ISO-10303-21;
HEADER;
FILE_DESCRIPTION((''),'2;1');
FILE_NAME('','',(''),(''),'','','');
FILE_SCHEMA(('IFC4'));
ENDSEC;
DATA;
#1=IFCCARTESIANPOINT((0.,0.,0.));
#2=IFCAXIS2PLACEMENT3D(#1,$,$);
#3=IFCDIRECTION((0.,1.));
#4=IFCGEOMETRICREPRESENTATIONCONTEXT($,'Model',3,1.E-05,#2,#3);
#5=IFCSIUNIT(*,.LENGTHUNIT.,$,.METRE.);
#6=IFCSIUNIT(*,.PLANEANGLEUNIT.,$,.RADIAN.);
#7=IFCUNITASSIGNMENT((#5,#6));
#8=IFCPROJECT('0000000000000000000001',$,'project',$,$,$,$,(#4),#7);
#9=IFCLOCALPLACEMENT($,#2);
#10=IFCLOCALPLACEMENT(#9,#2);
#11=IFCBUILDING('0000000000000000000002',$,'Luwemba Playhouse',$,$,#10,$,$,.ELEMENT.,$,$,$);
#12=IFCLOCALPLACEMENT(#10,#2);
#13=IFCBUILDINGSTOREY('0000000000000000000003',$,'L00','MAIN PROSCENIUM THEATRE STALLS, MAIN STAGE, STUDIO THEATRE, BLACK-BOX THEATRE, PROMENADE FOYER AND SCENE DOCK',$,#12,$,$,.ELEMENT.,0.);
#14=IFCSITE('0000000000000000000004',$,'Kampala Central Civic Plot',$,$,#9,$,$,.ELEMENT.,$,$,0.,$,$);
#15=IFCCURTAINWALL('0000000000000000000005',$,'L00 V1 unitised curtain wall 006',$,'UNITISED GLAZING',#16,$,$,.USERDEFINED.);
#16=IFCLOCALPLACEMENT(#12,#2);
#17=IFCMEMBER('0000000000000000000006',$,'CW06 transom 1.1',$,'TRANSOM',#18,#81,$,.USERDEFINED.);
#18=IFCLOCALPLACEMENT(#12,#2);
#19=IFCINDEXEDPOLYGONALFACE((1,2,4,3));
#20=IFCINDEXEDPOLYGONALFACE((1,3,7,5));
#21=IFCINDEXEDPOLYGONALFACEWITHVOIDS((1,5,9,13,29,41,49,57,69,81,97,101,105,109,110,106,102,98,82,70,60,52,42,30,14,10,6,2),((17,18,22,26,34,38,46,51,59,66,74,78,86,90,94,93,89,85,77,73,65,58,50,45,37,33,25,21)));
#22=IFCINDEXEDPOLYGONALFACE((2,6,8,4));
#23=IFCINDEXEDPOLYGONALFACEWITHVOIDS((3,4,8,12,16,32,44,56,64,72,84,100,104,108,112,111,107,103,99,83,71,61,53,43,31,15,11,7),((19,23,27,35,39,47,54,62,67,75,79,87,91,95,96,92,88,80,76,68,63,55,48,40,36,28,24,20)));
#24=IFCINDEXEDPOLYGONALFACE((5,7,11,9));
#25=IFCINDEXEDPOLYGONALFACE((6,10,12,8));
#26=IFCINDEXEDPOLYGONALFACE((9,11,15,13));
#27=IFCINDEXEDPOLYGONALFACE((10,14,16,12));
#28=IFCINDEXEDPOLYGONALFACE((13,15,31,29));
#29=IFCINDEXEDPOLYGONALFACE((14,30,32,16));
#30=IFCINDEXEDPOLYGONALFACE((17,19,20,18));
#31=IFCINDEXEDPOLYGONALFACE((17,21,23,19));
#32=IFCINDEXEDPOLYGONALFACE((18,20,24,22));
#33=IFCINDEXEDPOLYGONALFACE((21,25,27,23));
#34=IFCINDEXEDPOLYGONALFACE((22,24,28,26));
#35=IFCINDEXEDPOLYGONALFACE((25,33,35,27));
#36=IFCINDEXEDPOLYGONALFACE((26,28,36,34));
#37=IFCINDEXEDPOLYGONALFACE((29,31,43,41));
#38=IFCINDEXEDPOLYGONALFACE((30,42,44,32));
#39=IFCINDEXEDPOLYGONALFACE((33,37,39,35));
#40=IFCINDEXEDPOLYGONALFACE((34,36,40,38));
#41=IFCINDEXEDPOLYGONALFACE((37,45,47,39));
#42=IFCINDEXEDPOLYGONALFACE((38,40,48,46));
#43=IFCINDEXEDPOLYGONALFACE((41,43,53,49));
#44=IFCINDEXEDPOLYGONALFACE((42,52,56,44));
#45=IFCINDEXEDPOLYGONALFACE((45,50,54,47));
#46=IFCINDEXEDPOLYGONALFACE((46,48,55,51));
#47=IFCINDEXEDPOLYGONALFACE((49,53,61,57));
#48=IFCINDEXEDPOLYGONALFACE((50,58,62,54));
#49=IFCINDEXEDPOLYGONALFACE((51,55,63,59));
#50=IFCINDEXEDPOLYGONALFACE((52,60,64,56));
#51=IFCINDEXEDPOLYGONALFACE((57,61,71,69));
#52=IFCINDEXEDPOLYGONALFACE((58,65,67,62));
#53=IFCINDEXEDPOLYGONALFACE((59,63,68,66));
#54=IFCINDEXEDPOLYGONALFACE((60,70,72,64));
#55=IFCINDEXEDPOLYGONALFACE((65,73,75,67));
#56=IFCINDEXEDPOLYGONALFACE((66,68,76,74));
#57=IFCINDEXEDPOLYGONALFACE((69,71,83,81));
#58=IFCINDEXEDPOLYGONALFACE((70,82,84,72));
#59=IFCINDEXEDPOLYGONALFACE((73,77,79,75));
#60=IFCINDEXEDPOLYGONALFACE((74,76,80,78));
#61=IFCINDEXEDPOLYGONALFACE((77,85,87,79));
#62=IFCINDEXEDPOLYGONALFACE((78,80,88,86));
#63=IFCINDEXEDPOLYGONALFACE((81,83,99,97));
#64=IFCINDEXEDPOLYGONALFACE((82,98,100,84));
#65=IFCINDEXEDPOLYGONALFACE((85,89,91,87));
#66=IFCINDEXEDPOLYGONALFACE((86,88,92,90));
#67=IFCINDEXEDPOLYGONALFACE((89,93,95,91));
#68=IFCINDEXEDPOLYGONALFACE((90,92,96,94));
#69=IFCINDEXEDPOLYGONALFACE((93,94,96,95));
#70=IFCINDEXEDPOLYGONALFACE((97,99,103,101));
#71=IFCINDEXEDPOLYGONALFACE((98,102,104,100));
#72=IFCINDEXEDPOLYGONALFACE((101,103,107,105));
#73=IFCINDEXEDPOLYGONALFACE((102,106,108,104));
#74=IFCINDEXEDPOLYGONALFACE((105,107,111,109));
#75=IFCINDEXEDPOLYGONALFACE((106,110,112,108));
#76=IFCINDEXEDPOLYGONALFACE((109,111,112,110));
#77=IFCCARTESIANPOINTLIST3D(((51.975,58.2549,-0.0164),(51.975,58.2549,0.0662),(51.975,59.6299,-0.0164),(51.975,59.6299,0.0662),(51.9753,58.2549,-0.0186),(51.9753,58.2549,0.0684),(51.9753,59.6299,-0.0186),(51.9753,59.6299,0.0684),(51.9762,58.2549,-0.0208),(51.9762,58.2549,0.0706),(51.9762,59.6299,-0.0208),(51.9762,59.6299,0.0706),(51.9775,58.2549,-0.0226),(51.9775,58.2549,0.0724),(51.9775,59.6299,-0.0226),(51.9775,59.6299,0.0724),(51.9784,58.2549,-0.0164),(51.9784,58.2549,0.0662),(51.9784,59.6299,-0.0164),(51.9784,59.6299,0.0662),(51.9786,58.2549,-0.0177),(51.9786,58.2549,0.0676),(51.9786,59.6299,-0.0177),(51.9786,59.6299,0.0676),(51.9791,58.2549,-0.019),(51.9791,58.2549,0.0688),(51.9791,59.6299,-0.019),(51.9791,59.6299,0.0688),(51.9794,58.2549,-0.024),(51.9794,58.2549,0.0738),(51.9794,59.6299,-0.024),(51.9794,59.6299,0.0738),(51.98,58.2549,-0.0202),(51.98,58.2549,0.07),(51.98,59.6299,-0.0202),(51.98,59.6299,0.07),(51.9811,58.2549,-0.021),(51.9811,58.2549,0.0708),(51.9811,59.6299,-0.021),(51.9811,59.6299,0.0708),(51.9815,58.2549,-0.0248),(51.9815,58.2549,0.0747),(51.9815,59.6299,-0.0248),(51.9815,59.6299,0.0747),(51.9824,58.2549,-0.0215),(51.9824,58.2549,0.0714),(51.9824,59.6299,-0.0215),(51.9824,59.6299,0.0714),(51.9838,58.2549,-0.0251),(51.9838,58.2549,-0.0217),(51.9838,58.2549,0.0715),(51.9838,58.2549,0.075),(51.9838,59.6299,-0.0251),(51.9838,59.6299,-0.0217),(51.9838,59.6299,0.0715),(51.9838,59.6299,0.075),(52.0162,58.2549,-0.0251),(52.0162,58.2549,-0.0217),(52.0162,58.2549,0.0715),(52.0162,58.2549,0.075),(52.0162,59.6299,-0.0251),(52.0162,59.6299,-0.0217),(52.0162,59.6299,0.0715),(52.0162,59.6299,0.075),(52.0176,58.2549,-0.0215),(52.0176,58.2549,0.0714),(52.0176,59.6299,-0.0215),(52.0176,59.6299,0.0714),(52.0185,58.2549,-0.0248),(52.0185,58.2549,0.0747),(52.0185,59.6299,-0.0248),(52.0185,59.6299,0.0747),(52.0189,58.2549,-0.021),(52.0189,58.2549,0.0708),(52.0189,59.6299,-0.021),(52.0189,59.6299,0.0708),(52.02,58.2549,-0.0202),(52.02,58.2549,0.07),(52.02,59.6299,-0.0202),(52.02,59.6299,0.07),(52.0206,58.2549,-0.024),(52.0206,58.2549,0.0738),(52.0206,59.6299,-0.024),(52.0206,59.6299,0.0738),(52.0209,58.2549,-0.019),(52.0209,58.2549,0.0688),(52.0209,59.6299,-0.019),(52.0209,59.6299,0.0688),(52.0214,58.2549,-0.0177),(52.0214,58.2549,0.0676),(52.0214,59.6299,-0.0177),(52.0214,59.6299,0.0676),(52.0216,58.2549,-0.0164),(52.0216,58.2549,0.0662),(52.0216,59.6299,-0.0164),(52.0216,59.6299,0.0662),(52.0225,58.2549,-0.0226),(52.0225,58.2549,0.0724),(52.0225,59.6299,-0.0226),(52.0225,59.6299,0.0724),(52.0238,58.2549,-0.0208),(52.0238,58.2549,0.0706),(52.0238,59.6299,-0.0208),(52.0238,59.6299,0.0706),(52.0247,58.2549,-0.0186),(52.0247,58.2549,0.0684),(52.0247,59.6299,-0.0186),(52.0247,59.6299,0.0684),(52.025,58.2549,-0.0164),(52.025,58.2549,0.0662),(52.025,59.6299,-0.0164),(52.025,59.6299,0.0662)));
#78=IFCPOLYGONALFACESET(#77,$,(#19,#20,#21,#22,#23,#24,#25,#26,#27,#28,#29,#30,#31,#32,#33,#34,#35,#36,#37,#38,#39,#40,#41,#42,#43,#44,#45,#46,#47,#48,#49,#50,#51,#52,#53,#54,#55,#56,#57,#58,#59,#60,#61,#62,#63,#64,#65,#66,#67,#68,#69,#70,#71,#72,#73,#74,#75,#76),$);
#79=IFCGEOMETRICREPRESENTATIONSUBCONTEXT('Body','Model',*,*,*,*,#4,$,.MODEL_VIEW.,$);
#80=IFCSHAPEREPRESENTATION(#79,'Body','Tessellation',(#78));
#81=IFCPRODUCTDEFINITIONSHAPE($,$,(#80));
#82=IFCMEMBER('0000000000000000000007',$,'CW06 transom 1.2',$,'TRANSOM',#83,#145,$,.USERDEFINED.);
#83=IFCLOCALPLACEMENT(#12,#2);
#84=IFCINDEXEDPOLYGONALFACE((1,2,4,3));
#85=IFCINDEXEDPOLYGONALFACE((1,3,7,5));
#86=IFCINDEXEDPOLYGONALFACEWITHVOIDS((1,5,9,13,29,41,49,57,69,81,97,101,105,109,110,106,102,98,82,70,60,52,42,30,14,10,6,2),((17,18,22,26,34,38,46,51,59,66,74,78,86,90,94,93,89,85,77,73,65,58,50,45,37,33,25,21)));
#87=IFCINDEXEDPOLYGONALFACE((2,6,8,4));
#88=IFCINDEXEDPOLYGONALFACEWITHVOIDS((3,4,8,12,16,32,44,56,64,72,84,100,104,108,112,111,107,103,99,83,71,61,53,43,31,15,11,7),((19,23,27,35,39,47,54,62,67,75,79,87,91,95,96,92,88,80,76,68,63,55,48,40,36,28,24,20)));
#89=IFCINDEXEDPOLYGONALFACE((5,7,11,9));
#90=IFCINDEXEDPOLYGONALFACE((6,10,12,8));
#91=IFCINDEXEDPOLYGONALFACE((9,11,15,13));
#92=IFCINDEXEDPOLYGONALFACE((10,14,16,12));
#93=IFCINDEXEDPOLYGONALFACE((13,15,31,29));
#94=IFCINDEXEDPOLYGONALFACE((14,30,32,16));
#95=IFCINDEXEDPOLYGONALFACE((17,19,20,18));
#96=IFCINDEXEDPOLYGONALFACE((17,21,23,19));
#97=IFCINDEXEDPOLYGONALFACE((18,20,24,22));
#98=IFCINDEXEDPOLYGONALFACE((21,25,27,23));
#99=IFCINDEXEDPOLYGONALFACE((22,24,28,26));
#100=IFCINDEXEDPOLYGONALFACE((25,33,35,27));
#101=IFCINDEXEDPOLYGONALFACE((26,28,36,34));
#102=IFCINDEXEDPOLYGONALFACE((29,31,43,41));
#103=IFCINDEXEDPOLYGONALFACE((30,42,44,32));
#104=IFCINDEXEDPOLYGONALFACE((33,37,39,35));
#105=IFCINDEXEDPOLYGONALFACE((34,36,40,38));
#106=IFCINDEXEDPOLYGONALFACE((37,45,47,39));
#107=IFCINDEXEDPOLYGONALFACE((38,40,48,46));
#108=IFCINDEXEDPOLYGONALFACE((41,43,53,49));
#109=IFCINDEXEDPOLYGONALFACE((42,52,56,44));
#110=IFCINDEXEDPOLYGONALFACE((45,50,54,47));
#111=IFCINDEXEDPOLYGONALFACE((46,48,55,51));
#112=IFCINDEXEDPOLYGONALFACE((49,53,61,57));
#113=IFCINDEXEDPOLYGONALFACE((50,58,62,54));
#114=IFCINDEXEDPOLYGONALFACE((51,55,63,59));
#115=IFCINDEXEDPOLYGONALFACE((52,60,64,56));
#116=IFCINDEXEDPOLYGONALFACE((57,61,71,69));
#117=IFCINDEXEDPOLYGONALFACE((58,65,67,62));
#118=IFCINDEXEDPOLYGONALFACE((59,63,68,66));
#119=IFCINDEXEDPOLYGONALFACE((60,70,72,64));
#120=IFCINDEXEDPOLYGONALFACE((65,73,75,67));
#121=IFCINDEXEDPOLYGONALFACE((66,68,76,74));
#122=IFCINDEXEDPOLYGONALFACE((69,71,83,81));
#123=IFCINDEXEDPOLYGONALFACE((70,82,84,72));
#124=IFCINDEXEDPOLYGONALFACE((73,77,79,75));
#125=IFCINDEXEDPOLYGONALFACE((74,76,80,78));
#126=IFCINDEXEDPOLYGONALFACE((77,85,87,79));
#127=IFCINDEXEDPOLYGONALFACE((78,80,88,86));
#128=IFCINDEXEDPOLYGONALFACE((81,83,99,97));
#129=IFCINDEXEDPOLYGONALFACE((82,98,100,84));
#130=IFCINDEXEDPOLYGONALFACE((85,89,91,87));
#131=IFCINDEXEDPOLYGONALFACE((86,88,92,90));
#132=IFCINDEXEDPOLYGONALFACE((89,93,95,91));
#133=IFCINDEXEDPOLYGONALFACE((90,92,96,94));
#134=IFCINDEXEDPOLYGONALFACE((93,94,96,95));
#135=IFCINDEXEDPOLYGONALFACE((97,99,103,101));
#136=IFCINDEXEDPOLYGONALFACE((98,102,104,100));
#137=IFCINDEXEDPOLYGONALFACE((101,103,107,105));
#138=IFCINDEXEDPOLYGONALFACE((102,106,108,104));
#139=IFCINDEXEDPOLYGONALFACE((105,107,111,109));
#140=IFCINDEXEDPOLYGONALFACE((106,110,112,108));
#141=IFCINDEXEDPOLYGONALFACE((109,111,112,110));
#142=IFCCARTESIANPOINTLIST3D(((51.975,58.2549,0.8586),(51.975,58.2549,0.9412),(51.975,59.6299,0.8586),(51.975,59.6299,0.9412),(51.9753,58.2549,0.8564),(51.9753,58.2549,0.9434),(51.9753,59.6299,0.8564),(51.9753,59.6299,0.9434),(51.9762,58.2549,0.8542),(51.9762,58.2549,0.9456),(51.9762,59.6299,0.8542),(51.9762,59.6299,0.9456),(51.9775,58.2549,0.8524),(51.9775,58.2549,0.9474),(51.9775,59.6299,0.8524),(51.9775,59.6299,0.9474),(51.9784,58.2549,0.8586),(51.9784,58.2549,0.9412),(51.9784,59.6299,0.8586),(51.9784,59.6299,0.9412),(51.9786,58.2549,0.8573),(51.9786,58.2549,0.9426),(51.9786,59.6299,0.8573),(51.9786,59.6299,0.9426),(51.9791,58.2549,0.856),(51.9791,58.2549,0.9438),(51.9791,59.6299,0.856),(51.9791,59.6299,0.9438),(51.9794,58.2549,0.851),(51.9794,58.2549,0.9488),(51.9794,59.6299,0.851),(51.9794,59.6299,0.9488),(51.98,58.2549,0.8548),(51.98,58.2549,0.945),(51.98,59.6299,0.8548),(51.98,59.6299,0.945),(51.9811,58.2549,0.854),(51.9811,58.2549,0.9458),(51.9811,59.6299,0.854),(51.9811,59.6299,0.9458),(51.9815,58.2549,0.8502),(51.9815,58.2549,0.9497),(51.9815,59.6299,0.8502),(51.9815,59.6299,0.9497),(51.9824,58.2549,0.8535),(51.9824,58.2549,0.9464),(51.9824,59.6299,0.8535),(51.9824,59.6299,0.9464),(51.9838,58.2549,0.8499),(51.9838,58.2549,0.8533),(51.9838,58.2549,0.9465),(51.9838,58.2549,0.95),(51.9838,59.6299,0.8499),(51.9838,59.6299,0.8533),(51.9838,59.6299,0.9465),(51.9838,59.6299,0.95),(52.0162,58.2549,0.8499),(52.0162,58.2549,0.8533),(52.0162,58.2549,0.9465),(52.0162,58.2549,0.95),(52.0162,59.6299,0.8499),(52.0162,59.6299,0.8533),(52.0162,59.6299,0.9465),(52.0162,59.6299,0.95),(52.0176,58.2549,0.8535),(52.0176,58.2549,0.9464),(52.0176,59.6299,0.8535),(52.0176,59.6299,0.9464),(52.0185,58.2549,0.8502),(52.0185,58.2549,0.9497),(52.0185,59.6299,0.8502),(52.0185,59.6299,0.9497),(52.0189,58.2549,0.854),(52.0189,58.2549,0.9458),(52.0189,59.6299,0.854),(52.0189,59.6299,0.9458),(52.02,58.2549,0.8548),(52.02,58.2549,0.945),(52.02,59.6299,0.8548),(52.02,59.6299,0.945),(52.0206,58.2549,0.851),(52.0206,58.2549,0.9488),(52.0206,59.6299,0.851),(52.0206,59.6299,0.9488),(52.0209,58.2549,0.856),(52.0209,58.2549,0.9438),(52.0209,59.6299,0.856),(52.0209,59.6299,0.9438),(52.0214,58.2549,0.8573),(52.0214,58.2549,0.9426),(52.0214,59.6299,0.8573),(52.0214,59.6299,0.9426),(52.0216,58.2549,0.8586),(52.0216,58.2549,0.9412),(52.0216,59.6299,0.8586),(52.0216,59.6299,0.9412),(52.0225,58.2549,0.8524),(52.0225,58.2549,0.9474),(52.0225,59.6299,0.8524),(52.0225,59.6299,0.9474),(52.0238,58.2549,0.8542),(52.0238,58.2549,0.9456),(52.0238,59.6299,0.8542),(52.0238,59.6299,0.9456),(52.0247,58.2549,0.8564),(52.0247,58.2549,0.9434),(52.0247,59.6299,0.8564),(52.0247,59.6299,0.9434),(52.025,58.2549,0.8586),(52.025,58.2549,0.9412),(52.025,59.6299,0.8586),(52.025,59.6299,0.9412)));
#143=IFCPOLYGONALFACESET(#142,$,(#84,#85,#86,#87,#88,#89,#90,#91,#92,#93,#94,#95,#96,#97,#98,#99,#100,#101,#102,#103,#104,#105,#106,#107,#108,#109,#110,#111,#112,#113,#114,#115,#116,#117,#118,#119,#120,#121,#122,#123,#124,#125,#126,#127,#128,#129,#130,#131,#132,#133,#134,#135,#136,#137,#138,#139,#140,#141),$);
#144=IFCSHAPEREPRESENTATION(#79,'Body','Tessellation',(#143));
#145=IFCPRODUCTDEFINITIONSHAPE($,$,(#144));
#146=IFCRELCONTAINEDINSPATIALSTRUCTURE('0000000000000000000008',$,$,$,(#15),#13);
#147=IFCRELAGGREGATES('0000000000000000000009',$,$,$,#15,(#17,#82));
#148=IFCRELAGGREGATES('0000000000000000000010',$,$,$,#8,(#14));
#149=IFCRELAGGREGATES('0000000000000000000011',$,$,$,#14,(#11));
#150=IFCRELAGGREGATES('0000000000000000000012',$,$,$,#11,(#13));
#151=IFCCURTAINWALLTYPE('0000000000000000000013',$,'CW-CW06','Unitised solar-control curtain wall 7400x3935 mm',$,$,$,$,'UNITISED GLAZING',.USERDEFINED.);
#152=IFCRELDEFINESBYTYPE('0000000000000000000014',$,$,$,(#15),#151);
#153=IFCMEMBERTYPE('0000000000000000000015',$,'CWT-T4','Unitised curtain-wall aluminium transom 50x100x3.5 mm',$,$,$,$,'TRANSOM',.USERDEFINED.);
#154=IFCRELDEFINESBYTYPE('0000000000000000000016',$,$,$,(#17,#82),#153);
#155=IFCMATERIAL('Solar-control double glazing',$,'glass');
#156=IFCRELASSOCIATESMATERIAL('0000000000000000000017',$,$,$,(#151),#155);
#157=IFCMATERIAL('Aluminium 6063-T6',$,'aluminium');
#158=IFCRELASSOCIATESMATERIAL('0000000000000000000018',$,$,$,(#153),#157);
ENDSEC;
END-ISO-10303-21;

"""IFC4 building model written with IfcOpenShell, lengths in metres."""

from ifc_helpers import new_model, si_unit, direction, frame, origin, origin_2d, place, context, subcontext, project, spatial, hollow_rectangle, extrude, material, material_profile, profile_set, type_object, element, aggregate, save


model = new_model("IFC4")

# Units and contexts
model_context = context("Model", 3, precision=1e-05, world=origin(), true_north=direction((0.0, 1.0)))
body_context = subcontext(model_context, "Body", "Model", "MODEL_VIEW")
ifc_project = project(units=[si_unit("LENGTHUNIT", "METRE"), si_unit("PLANEANGLEUNIT", "RADIAN")], contexts=[model_context])

# Site, building, storey
site_placement = place(None, origin())
site = spatial("IfcSite", under=ifc_project, at=site_placement, Name="Kampala Central Civic Plot", CompositionType="ELEMENT", RefElevation=0.0)
building_placement = place(site_placement, origin())
building = spatial("IfcBuilding", under=site, at=building_placement, Name="Luwemba Playhouse", CompositionType="ELEMENT")
storey_placement = place(building_placement, origin())
storey = spatial("IfcBuildingStorey", under=building, at=storey_placement, Name="L00", Description="MAIN PROSCENIUM THEATRE STALLS, MAIN STAGE, STUDIO THEATRE, BLACK-BOX THEATRE, PROMENADE FOYER AND SCENE DOCK", CompositionType="ELEMENT", Elevation=0.0)

# Curtain wall
ifc_material_1 = material(Name="Solar-control double glazing", Category="glass")
curtain_wall_type_1 = type_object("IfcCurtainWallType", Name="CW-CW06", Description="Unitised solar-control curtain wall 7400x3935 mm", ElementType="UNITISED GLAZING", PredefinedType="USERDEFINED", material=ifc_material_1)
curtain_wall_1_placement = place(storey_placement, origin())
curtain_wall_1 = element("IfcCurtainWall", 1, at=curtain_wall_1_placement, inside=storey, type_object=curtain_wall_type_1, Name="L00 V1 unitised curtain wall 006", ObjectType="UNITISED GLAZING", PredefinedType="USERDEFINED")
ifc_material_2 = material(Name="Aluminium 6063-T6", Category="aluminium")

# Members
ifc_material_profile_1 = material_profile(ifc_material_2, hollow_rectangle(XDim=0.05, YDim=0.1001, WallThickness=0.0034, InnerFilletRadius=0.0054, OuterFilletRadius=0.0088, at=origin_2d()))
ifc_profile_set_1 = profile_set([ifc_material_profile_1], Name="Aluminium 6063-T6")
member_type_1 = type_object("IfcMemberType", Name="CWT-T4", Description="Unitised curtain-wall aluminium transom 50x100x3.5 mm", ElementType="TRANSOM", PredefinedType="USERDEFINED", material=ifc_profile_set_1)
member_1_placement = place(storey_placement, frame((52.0, 59.6299, 0.0249), z_axis=(0.0, -1.0, 0.0), x_axis=(1.0, 0.0, 0.0)))
member_1 = element("IfcMember", 2, at=member_1_placement, type_object=member_type_1, Name="CW06 transom 1.1", ObjectType="TRANSOM", PredefinedType="USERDEFINED", context=body_context, shape_type="SweptSolid", body=[
    extrude(hollow_rectangle(XDim=0.05, YDim=0.1001, WallThickness=0.0034, InnerFilletRadius=0.0054, OuterFilletRadius=0.0088, at=origin_2d()), origin(), (0.0, 0.0, 1.0), 1.375),
])
member_2_placement = place(storey_placement, frame((52.0, 59.6299, 0.8999), z_axis=(0.0, -1.0, 0.0), x_axis=(1.0, 0.0, 0.0)))
member_2 = element("IfcMember", 3, at=member_2_placement, type_object=member_type_1, Name="CW06 transom 1.2", ObjectType="TRANSOM", PredefinedType="USERDEFINED", context=body_context, shape_type="SweptSolid", body=[
    extrude(hollow_rectangle(XDim=0.05, YDim=0.1001, WallThickness=0.0034, InnerFilletRadius=0.0054, OuterFilletRadius=0.0088, at=origin_2d()), origin(), (0.0, 0.0, 1.0), 1.375),
])

aggregate(curtain_wall_1, [member_1, member_2])

save(model, "model.ifc")
